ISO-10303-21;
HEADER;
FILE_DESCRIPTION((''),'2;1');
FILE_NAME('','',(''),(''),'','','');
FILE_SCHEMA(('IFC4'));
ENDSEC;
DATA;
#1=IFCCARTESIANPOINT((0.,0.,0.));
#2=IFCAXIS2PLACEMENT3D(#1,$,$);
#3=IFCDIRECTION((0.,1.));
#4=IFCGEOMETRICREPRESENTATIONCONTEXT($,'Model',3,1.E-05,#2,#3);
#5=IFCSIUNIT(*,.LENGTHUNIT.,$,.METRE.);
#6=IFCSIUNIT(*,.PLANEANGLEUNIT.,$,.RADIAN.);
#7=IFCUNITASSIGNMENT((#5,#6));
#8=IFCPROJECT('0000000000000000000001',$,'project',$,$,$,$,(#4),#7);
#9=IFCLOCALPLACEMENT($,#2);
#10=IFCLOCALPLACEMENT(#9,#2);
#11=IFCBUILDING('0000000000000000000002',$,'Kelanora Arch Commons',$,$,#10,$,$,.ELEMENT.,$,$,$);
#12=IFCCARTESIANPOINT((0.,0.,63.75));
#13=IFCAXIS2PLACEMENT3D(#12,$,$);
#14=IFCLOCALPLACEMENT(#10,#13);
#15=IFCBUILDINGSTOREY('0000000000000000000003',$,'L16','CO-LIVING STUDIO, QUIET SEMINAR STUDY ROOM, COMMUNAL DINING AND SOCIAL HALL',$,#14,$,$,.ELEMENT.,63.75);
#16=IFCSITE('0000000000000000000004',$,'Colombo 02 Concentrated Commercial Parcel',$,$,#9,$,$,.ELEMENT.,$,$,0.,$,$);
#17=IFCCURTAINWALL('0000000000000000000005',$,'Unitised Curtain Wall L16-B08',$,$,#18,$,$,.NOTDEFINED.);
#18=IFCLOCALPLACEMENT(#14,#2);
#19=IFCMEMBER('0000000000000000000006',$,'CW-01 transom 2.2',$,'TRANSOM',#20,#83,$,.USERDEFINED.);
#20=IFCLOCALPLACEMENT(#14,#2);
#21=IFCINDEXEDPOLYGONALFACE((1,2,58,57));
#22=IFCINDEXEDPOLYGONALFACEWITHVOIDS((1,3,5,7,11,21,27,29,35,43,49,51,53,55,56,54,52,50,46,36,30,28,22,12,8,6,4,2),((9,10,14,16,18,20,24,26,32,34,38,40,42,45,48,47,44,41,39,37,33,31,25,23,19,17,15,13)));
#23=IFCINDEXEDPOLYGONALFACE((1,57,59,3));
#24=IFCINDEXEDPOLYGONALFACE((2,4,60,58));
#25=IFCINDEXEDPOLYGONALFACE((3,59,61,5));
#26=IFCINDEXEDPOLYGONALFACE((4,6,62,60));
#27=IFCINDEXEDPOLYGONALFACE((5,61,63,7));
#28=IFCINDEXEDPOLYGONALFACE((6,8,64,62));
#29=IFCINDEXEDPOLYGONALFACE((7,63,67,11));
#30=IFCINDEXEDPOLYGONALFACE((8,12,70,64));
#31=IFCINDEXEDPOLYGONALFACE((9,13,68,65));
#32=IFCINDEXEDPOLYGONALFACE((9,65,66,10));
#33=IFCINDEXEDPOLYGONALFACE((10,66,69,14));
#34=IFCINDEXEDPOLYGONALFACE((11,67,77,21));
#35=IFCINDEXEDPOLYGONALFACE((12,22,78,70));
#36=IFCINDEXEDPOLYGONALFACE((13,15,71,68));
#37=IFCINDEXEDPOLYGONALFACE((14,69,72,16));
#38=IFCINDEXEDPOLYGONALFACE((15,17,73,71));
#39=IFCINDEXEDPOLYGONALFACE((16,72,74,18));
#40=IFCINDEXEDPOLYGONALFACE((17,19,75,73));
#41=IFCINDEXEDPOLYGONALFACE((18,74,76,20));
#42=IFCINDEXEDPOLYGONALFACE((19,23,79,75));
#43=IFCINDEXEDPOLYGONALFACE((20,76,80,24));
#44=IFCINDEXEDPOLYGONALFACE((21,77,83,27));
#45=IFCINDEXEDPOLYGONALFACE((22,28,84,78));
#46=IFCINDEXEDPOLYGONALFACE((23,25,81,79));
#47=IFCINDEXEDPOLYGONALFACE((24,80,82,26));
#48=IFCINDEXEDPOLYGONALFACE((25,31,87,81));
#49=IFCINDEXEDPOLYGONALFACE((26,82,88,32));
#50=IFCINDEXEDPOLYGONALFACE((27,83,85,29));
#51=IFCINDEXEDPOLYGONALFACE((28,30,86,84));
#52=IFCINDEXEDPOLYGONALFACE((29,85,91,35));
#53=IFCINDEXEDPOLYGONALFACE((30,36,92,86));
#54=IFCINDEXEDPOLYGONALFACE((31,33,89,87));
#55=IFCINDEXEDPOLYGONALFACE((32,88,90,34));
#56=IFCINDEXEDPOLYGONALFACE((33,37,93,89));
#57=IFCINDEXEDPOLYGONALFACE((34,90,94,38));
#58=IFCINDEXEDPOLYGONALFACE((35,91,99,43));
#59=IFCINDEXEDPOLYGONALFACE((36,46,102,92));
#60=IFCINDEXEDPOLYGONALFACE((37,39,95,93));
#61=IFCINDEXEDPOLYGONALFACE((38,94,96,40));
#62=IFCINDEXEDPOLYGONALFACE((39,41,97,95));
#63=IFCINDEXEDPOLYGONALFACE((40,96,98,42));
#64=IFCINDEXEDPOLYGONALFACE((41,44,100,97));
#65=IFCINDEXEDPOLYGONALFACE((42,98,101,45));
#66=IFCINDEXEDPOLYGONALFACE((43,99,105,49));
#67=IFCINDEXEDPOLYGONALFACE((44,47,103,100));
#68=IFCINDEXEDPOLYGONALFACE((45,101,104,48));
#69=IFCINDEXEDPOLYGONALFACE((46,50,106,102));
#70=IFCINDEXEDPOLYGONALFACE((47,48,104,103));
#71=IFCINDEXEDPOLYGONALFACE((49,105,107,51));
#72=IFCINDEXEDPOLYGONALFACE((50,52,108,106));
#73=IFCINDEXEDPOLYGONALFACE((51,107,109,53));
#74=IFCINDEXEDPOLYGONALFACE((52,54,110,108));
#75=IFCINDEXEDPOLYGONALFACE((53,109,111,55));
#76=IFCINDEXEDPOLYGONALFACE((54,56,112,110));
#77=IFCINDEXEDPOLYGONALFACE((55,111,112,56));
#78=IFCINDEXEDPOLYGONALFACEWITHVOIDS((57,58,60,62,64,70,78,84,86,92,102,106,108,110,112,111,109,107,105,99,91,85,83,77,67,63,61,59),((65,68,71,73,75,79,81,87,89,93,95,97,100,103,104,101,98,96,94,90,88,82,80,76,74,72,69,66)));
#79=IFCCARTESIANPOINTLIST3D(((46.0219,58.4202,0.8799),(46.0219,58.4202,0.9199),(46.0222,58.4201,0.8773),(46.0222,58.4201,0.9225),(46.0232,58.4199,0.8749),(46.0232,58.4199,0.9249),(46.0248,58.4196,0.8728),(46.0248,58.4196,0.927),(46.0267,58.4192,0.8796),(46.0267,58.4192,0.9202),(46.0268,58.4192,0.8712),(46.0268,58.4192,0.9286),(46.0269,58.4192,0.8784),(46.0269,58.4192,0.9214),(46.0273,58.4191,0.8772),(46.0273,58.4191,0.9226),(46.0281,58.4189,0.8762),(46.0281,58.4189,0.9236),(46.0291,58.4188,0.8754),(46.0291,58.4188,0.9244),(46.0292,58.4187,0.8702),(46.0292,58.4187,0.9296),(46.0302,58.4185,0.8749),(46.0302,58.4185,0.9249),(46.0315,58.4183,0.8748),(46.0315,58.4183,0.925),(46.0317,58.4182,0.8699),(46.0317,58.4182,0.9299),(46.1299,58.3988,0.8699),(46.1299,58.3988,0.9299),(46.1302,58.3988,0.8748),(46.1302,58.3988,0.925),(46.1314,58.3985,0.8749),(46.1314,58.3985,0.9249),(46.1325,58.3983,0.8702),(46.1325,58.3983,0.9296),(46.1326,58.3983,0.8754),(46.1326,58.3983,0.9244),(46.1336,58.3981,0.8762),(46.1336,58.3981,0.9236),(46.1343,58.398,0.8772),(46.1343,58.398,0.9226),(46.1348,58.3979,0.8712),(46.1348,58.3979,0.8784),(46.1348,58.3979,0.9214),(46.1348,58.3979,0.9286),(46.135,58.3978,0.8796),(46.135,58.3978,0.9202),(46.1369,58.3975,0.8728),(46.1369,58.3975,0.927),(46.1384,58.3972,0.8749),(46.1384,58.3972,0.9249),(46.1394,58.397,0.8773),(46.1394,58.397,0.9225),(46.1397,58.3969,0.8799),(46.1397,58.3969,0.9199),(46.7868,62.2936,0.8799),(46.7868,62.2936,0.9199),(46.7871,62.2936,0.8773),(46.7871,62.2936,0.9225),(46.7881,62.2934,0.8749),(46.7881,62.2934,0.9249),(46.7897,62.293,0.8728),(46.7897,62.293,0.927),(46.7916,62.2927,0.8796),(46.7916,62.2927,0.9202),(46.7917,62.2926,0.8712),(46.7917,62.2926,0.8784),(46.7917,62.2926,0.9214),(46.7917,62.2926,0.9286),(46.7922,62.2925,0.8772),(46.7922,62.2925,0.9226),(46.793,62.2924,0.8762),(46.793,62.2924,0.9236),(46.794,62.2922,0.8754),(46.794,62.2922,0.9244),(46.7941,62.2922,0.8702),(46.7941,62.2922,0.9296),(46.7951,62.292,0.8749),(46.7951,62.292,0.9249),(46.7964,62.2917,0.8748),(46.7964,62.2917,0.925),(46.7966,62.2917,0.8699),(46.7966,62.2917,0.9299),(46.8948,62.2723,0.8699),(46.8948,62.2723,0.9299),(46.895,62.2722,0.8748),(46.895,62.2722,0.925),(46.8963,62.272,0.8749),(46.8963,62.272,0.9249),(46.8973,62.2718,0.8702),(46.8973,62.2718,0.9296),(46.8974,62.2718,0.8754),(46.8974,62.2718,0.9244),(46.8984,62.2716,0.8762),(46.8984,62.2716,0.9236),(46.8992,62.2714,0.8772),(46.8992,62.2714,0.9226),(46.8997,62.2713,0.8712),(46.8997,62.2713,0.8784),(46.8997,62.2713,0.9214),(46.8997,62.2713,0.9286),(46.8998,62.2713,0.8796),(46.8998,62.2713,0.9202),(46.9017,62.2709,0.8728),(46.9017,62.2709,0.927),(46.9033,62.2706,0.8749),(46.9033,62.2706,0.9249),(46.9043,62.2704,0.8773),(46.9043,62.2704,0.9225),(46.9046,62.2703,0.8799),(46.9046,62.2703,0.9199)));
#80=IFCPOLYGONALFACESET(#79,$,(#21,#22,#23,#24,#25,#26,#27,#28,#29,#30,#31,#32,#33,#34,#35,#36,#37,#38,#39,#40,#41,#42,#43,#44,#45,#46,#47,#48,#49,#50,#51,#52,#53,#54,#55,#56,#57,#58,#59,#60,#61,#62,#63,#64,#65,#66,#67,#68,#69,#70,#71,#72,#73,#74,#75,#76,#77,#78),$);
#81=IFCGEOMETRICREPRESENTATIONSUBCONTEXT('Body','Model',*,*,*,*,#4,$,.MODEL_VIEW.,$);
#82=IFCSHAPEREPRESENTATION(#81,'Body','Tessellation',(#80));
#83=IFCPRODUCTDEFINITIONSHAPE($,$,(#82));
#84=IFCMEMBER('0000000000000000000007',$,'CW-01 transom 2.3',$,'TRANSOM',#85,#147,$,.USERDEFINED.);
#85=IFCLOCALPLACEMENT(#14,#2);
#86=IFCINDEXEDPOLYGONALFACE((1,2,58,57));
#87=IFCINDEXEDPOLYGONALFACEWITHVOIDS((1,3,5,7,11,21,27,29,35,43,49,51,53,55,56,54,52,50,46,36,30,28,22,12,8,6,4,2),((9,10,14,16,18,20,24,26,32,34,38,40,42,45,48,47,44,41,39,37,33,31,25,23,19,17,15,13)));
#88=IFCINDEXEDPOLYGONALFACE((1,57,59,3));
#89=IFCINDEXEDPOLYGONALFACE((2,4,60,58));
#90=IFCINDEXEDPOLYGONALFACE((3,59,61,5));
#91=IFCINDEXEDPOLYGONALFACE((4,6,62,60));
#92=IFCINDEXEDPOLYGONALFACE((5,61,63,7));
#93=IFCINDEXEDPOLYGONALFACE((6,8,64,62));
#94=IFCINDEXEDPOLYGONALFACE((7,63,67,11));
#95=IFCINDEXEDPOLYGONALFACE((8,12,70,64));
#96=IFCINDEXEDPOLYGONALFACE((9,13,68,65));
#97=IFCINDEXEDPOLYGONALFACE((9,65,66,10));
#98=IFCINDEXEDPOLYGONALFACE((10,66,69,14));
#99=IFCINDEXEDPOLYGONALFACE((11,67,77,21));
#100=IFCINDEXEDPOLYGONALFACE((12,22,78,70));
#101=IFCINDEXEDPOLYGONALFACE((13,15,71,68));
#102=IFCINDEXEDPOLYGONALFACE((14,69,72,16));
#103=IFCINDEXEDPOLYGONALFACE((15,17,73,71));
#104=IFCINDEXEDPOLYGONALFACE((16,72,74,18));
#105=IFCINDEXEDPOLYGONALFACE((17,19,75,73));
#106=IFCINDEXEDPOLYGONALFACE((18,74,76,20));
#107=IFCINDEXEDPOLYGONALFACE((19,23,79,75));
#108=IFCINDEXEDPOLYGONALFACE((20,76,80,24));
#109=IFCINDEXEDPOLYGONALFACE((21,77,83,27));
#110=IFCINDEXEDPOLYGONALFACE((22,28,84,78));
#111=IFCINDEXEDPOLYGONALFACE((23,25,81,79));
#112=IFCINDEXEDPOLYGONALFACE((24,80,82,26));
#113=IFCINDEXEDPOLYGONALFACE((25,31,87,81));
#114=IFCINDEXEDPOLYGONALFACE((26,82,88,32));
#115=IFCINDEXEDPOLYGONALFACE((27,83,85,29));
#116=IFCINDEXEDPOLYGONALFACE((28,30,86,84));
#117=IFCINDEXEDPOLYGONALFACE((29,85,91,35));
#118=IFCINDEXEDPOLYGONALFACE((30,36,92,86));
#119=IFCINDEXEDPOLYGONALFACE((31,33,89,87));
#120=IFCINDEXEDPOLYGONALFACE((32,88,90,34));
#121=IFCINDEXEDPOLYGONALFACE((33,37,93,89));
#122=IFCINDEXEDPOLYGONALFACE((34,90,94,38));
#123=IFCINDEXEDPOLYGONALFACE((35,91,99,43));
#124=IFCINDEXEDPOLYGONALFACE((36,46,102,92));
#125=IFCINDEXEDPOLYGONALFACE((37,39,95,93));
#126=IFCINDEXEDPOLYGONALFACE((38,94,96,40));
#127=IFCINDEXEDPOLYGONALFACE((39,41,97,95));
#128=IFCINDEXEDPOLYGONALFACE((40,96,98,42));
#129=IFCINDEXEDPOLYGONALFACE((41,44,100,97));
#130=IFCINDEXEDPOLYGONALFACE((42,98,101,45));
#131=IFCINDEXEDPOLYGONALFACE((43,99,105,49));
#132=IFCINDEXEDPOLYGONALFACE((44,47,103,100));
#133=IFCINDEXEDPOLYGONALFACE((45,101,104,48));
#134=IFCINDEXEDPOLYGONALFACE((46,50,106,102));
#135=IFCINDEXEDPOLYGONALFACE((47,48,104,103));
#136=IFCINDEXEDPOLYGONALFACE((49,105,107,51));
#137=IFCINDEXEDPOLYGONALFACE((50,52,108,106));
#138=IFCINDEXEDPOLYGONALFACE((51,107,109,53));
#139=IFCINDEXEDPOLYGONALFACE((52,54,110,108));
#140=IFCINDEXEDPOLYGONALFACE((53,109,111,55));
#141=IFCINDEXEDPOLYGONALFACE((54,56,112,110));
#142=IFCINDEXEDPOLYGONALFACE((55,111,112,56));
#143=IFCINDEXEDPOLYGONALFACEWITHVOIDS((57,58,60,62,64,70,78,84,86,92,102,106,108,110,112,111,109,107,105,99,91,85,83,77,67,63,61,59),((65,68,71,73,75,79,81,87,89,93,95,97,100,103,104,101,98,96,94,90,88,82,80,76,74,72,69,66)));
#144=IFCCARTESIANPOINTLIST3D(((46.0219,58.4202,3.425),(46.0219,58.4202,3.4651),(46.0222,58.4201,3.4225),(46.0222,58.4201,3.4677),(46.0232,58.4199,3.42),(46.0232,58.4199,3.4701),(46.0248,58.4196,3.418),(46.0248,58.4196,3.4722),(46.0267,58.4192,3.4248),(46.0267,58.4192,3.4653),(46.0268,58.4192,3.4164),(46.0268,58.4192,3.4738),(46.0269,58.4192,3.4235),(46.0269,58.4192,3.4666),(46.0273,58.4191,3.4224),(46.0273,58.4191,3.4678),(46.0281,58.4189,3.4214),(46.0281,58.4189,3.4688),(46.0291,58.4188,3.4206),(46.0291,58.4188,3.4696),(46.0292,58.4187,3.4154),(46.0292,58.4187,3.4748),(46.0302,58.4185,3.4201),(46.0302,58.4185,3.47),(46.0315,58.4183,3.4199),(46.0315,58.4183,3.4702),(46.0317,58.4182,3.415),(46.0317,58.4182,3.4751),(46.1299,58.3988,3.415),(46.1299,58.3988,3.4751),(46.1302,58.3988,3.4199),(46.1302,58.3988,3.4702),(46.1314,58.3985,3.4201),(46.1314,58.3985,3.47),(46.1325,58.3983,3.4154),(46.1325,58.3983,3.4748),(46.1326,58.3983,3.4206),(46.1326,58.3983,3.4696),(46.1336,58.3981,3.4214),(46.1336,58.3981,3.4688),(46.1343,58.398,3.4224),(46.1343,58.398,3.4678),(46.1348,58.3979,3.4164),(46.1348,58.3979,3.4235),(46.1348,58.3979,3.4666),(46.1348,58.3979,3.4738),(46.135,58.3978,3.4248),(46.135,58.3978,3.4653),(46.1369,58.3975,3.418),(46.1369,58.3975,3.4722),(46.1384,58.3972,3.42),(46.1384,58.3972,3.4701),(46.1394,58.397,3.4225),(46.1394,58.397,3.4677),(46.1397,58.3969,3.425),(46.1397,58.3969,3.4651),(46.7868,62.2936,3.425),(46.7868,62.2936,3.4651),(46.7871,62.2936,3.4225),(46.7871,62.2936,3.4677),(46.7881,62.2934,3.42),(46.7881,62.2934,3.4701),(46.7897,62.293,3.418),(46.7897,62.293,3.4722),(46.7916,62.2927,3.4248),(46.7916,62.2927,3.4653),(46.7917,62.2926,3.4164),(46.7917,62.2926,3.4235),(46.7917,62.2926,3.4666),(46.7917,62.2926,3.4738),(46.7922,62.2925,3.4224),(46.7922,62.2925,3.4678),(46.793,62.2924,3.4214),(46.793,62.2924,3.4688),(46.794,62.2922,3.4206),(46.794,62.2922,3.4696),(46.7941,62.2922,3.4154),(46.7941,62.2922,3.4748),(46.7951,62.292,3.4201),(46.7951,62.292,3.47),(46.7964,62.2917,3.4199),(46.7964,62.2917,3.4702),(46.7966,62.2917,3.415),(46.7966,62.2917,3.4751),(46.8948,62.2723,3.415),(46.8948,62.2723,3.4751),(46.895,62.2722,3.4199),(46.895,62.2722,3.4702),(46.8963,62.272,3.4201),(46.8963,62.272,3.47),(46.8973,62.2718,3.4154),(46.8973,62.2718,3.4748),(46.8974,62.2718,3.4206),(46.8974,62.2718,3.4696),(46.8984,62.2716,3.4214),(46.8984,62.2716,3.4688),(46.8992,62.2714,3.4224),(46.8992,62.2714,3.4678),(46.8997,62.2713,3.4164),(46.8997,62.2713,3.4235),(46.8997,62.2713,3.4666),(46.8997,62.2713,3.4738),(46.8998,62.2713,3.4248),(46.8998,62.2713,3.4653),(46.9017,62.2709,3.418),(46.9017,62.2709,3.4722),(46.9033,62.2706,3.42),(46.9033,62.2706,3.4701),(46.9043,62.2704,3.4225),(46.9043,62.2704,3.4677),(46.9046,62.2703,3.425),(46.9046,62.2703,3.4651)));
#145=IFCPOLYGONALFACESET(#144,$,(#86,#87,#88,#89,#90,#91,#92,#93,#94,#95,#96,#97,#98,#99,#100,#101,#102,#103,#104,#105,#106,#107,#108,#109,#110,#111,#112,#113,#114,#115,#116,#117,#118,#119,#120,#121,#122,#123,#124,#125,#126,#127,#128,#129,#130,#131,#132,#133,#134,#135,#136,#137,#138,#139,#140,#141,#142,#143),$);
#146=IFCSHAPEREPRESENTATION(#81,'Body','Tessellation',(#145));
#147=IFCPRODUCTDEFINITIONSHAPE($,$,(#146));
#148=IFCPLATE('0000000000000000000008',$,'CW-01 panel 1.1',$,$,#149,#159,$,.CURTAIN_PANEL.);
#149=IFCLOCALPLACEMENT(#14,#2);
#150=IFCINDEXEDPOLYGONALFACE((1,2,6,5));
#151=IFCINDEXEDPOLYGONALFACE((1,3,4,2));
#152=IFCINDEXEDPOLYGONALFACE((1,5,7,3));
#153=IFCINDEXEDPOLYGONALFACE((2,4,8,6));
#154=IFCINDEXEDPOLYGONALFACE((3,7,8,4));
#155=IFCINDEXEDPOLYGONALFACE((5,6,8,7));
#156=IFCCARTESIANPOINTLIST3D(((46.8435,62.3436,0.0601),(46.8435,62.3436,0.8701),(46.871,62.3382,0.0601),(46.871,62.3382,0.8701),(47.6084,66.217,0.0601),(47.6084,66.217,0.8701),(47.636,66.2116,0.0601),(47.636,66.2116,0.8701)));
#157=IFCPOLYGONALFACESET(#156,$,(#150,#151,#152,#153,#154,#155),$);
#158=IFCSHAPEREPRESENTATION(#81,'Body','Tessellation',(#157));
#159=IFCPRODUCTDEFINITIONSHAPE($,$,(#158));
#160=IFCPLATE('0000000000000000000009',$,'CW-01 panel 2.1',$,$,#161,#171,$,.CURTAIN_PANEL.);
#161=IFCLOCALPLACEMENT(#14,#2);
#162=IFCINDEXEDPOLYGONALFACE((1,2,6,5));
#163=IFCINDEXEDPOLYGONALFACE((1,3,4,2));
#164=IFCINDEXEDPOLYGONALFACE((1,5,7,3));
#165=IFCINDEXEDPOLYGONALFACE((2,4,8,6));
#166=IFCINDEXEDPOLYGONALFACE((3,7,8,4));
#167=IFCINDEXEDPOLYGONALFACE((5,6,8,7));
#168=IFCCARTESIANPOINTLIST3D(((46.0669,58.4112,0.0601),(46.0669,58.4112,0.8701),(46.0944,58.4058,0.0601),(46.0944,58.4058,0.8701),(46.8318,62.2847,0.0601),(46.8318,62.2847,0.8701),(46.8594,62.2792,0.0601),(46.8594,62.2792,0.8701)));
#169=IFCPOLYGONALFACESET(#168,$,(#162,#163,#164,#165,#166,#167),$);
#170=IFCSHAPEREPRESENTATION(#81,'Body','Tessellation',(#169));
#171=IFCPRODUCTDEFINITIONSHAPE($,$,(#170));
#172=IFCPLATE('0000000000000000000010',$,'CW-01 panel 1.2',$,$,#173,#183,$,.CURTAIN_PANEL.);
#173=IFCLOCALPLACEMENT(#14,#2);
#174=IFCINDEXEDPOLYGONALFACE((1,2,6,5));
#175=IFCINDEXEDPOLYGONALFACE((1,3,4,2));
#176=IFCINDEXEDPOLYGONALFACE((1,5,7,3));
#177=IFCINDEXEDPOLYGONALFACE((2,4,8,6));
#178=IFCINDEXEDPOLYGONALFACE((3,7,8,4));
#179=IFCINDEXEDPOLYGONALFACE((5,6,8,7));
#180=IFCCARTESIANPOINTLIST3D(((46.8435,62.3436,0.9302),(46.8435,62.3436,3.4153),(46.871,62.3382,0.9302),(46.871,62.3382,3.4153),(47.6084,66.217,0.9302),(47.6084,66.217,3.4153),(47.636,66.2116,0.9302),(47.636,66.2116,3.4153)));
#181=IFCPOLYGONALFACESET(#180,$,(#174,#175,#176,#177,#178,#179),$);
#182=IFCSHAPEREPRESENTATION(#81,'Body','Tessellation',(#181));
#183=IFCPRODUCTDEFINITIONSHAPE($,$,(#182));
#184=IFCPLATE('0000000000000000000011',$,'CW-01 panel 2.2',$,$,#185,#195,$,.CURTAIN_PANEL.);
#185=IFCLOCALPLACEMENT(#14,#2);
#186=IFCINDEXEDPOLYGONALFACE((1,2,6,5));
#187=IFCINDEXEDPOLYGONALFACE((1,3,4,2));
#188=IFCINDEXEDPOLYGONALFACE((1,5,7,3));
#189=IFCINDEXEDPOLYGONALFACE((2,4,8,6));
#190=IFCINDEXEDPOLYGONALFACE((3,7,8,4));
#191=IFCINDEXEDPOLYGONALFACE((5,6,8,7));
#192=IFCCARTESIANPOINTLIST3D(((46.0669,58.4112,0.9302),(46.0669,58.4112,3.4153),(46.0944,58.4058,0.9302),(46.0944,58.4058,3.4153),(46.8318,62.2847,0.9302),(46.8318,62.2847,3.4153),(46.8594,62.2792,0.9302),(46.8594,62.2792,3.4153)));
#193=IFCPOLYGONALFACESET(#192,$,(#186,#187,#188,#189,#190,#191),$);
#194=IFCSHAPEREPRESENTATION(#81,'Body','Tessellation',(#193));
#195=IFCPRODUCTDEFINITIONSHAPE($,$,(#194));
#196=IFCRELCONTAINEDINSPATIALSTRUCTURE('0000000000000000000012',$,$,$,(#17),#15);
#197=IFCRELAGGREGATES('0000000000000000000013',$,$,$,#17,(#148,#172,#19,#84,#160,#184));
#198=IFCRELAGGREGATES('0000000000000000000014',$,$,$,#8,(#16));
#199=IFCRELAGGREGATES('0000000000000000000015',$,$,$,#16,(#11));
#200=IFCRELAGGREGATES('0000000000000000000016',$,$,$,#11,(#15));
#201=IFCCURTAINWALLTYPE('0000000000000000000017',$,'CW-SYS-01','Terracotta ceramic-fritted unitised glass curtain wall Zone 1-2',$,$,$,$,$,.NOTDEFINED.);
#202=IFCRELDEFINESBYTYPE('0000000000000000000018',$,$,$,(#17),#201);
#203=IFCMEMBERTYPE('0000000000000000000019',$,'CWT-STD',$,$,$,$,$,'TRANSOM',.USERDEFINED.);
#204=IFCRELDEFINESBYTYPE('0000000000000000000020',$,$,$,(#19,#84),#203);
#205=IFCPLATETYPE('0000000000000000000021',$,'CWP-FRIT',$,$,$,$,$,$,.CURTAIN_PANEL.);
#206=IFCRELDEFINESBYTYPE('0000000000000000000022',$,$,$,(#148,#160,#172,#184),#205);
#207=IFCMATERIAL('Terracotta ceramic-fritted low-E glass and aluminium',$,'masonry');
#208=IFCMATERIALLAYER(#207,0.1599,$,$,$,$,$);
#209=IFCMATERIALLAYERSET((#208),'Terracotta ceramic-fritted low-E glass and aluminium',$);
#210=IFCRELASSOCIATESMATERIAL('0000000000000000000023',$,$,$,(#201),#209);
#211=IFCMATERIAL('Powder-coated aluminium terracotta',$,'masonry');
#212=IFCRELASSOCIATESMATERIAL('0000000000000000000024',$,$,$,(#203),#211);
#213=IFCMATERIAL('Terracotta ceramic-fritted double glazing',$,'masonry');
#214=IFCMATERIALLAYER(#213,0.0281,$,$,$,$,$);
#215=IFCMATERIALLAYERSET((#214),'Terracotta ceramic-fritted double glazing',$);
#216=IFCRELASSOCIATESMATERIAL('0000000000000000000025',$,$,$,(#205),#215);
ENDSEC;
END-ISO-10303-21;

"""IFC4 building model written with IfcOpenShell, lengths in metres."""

from ifc_helpers import new_model, si_unit, direction, frame, origin, origin_2d, place, context, subcontext, project, spatial, rectangle, hollow_rectangle, extrude, source, transform, mapped, material, layer, layer_set, material_profile, profile_set, type_object, element, aggregate, save


model = new_model("IFC4")

# Units and contexts
model_context = context("Model", 3, precision=1e-05, world=origin(), true_north=direction((0.0, 1.0)))
body_context = subcontext(model_context, "Body", "Model", "MODEL_VIEW")
ifc_project = project(units=[si_unit("LENGTHUNIT", "METRE"), si_unit("PLANEANGLEUNIT", "RADIAN")], contexts=[model_context])

# Site, building, storey
site_placement = place(None, origin())
site = spatial("IfcSite", under=ifc_project, at=site_placement, Name="Colombo 02 Concentrated Commercial Parcel", CompositionType="ELEMENT", RefElevation=0.0)
building_placement = place(site_placement, origin())
building = spatial("IfcBuilding", under=site, at=building_placement, Name="Kelanora Arch Commons", CompositionType="ELEMENT")
storey_placement = place(building_placement, frame((0.0, 0.0, 63.75)))
storey = spatial("IfcBuildingStorey", under=building, at=storey_placement, Name="L16", Description="CO-LIVING STUDIO, QUIET SEMINAR STUDY ROOM, COMMUNAL DINING AND SOCIAL HALL", CompositionType="ELEMENT", Elevation=63.75)

# Curtain wall, members, plates
ifc_material_1 = material(Name="Terracotta ceramic-fritted low-E glass and aluminium", Category="masonry")
ifc_layer_1 = layer(ifc_material_1, 0.1599)
ifc_layer_set_1 = layer_set([ifc_layer_1], Name="Terracotta ceramic-fritted low-E glass and aluminium")
curtain_wall_type = type_object("IfcCurtainWallType", Name="CW-SYS-01", Description="Terracotta ceramic-fritted unitised glass curtain wall Zone 1-2", PredefinedType="NOTDEFINED", material=ifc_layer_set_1)
curtain_wall_placement = place(storey_placement, origin())
curtain_wall = element("IfcCurtainWall", 1, at=curtain_wall_placement, inside=storey, type_object=curtain_wall_type, Name="Unitised Curtain Wall L16-B08", PredefinedType="NOTDEFINED")
ifc_material_2 = material(Name="Powder-coated aluminium terracotta", Category="masonry")
ifc_material_profile_1 = material_profile(ifc_material_2, hollow_rectangle(XDim=0.1201, YDim=0.0601, WallThickness=0.0049, InnerFilletRadius=0.0049, OuterFilletRadius=0.01, at=origin_2d()), Name="CWT120x60")
ifc_profile_set_1 = profile_set([ifc_material_profile_1], Name="Powder-coated aluminium terracotta")
member_type_1 = type_object("IfcMemberType", Name="CWT-STD", ElementType="TRANSOM", PredefinedType="USERDEFINED", material=ifc_profile_set_1)
member_1_placement = place(storey_placement, frame((46.8457, 62.282, 0.8999), z_axis=(-0.193725, -0.981056, 0.0), x_axis=(0.981056, -0.193725, 0.0)))
member_1 = element("IfcMember", 2, at=member_1_placement, type_object=member_type_1, Name="CW-01 transom 2.2", ObjectType="TRANSOM", PredefinedType="USERDEFINED", context=body_context, shape_type="SweptSolid", body=[
    extrude(hollow_rectangle(XDim=0.1201, YDim=0.0601, WallThickness=0.0049, InnerFilletRadius=0.0049, OuterFilletRadius=0.01, at=origin_2d()), origin(), (0.0, 0.0, 1.0), 3.9482),
])
member_2_placement = place(storey_placement, frame((46.8457, 62.282, 3.4451), z_axis=(-0.193725, -0.981056, 0.0), x_axis=(0.981056, -0.193725, 0.0)))
member_2 = element("IfcMember", 3, at=member_2_placement, type_object=member_type_1, Name="CW-01 transom 2.3", ObjectType="TRANSOM", PredefinedType="USERDEFINED", context=body_context, shape_type="SweptSolid", body=[
    extrude(hollow_rectangle(XDim=0.1201, YDim=0.0601, WallThickness=0.0049, InnerFilletRadius=0.0049, OuterFilletRadius=0.01, at=origin_2d()), origin(), (0.0, 0.0, 1.0), 3.9482),
])
ifc_material_3 = material(Name="Terracotta ceramic-fritted double glazing", Category="masonry")
ifc_layer_2 = layer(ifc_material_3, 0.0281)
ifc_layer_set_2 = layer_set([ifc_layer_2], Name="Terracotta ceramic-fritted double glazing")
plate_type = type_object("IfcPlateType", Name="CWP-FRIT", PredefinedType="CURTAIN_PANEL", material=ifc_layer_set_2)
shared_shape_1 = source(origin(), body_context, "Body", "SweptSolid", [
    extrude(rectangle(XDim=3.9482, YDim=0.0281, at=origin_2d()), origin(), (0.0, 0.0, 1.0), 0.8101),
])
plate_1_placement = place(storey_placement, frame((47.2397, 64.2776, 0.0601), z_axis=(0.0, 0.0, 1.0), x_axis=(-0.193744, -0.981052, 0.0)))
plate_1 = element("IfcPlate", 4, at=plate_1_placement, type_object=plate_type, Name="CW-01 panel 1.1", PredefinedType="CURTAIN_PANEL", context=body_context, shape_type="MappedRepresentation", body=[
    mapped(shared_shape_1, transform((0.0, 0.0, 0.0), scale=1.0)),
])
plate_2_placement = place(storey_placement, frame((46.4631, 60.3452, 0.0601), z_axis=(0.0, 0.0, 1.0), x_axis=(-0.193744, -0.981052, 0.0)))
plate_2 = element("IfcPlate", 5, at=plate_2_placement, type_object=plate_type, Name="CW-01 panel 2.1", PredefinedType="CURTAIN_PANEL", context=body_context, shape_type="MappedRepresentation", body=[
    mapped(shared_shape_1, transform((0.0, 0.0, 0.0), scale=1.0)),
])
shared_shape_2 = source(origin(), body_context, "Body", "SweptSolid", [
    extrude(rectangle(XDim=3.9482, YDim=0.0281, at=origin_2d()), origin(), (0.0, 0.0, 1.0), 2.4851),
])
plate_3_placement = place(storey_placement, frame((47.2397, 64.2776, 0.9302), z_axis=(0.0, 0.0, 1.0), x_axis=(-0.193744, -0.981052, 0.0)))
plate_3 = element("IfcPlate", 6, at=plate_3_placement, type_object=plate_type, Name="CW-01 panel 1.2", PredefinedType="CURTAIN_PANEL", context=body_context, shape_type="MappedRepresentation", body=[
    mapped(shared_shape_2, transform((0.0, 0.0, 0.0), scale=1.0)),
])
plate_4_placement = place(storey_placement, frame((46.4631, 60.3452, 0.9302), z_axis=(0.0, 0.0, 1.0), x_axis=(-0.193744, -0.981052, 0.0)))
plate_4 = element("IfcPlate", 7, at=plate_4_placement, type_object=plate_type, Name="CW-01 panel 2.2", PredefinedType="CURTAIN_PANEL", context=body_context, shape_type="MappedRepresentation", body=[
    mapped(shared_shape_2, transform((0.0, 0.0, 0.0), scale=1.0)),
])
aggregate(curtain_wall, [plate_1, plate_3, member_1, member_2, plate_2, plate_4])

save(model, "model.ifc")
